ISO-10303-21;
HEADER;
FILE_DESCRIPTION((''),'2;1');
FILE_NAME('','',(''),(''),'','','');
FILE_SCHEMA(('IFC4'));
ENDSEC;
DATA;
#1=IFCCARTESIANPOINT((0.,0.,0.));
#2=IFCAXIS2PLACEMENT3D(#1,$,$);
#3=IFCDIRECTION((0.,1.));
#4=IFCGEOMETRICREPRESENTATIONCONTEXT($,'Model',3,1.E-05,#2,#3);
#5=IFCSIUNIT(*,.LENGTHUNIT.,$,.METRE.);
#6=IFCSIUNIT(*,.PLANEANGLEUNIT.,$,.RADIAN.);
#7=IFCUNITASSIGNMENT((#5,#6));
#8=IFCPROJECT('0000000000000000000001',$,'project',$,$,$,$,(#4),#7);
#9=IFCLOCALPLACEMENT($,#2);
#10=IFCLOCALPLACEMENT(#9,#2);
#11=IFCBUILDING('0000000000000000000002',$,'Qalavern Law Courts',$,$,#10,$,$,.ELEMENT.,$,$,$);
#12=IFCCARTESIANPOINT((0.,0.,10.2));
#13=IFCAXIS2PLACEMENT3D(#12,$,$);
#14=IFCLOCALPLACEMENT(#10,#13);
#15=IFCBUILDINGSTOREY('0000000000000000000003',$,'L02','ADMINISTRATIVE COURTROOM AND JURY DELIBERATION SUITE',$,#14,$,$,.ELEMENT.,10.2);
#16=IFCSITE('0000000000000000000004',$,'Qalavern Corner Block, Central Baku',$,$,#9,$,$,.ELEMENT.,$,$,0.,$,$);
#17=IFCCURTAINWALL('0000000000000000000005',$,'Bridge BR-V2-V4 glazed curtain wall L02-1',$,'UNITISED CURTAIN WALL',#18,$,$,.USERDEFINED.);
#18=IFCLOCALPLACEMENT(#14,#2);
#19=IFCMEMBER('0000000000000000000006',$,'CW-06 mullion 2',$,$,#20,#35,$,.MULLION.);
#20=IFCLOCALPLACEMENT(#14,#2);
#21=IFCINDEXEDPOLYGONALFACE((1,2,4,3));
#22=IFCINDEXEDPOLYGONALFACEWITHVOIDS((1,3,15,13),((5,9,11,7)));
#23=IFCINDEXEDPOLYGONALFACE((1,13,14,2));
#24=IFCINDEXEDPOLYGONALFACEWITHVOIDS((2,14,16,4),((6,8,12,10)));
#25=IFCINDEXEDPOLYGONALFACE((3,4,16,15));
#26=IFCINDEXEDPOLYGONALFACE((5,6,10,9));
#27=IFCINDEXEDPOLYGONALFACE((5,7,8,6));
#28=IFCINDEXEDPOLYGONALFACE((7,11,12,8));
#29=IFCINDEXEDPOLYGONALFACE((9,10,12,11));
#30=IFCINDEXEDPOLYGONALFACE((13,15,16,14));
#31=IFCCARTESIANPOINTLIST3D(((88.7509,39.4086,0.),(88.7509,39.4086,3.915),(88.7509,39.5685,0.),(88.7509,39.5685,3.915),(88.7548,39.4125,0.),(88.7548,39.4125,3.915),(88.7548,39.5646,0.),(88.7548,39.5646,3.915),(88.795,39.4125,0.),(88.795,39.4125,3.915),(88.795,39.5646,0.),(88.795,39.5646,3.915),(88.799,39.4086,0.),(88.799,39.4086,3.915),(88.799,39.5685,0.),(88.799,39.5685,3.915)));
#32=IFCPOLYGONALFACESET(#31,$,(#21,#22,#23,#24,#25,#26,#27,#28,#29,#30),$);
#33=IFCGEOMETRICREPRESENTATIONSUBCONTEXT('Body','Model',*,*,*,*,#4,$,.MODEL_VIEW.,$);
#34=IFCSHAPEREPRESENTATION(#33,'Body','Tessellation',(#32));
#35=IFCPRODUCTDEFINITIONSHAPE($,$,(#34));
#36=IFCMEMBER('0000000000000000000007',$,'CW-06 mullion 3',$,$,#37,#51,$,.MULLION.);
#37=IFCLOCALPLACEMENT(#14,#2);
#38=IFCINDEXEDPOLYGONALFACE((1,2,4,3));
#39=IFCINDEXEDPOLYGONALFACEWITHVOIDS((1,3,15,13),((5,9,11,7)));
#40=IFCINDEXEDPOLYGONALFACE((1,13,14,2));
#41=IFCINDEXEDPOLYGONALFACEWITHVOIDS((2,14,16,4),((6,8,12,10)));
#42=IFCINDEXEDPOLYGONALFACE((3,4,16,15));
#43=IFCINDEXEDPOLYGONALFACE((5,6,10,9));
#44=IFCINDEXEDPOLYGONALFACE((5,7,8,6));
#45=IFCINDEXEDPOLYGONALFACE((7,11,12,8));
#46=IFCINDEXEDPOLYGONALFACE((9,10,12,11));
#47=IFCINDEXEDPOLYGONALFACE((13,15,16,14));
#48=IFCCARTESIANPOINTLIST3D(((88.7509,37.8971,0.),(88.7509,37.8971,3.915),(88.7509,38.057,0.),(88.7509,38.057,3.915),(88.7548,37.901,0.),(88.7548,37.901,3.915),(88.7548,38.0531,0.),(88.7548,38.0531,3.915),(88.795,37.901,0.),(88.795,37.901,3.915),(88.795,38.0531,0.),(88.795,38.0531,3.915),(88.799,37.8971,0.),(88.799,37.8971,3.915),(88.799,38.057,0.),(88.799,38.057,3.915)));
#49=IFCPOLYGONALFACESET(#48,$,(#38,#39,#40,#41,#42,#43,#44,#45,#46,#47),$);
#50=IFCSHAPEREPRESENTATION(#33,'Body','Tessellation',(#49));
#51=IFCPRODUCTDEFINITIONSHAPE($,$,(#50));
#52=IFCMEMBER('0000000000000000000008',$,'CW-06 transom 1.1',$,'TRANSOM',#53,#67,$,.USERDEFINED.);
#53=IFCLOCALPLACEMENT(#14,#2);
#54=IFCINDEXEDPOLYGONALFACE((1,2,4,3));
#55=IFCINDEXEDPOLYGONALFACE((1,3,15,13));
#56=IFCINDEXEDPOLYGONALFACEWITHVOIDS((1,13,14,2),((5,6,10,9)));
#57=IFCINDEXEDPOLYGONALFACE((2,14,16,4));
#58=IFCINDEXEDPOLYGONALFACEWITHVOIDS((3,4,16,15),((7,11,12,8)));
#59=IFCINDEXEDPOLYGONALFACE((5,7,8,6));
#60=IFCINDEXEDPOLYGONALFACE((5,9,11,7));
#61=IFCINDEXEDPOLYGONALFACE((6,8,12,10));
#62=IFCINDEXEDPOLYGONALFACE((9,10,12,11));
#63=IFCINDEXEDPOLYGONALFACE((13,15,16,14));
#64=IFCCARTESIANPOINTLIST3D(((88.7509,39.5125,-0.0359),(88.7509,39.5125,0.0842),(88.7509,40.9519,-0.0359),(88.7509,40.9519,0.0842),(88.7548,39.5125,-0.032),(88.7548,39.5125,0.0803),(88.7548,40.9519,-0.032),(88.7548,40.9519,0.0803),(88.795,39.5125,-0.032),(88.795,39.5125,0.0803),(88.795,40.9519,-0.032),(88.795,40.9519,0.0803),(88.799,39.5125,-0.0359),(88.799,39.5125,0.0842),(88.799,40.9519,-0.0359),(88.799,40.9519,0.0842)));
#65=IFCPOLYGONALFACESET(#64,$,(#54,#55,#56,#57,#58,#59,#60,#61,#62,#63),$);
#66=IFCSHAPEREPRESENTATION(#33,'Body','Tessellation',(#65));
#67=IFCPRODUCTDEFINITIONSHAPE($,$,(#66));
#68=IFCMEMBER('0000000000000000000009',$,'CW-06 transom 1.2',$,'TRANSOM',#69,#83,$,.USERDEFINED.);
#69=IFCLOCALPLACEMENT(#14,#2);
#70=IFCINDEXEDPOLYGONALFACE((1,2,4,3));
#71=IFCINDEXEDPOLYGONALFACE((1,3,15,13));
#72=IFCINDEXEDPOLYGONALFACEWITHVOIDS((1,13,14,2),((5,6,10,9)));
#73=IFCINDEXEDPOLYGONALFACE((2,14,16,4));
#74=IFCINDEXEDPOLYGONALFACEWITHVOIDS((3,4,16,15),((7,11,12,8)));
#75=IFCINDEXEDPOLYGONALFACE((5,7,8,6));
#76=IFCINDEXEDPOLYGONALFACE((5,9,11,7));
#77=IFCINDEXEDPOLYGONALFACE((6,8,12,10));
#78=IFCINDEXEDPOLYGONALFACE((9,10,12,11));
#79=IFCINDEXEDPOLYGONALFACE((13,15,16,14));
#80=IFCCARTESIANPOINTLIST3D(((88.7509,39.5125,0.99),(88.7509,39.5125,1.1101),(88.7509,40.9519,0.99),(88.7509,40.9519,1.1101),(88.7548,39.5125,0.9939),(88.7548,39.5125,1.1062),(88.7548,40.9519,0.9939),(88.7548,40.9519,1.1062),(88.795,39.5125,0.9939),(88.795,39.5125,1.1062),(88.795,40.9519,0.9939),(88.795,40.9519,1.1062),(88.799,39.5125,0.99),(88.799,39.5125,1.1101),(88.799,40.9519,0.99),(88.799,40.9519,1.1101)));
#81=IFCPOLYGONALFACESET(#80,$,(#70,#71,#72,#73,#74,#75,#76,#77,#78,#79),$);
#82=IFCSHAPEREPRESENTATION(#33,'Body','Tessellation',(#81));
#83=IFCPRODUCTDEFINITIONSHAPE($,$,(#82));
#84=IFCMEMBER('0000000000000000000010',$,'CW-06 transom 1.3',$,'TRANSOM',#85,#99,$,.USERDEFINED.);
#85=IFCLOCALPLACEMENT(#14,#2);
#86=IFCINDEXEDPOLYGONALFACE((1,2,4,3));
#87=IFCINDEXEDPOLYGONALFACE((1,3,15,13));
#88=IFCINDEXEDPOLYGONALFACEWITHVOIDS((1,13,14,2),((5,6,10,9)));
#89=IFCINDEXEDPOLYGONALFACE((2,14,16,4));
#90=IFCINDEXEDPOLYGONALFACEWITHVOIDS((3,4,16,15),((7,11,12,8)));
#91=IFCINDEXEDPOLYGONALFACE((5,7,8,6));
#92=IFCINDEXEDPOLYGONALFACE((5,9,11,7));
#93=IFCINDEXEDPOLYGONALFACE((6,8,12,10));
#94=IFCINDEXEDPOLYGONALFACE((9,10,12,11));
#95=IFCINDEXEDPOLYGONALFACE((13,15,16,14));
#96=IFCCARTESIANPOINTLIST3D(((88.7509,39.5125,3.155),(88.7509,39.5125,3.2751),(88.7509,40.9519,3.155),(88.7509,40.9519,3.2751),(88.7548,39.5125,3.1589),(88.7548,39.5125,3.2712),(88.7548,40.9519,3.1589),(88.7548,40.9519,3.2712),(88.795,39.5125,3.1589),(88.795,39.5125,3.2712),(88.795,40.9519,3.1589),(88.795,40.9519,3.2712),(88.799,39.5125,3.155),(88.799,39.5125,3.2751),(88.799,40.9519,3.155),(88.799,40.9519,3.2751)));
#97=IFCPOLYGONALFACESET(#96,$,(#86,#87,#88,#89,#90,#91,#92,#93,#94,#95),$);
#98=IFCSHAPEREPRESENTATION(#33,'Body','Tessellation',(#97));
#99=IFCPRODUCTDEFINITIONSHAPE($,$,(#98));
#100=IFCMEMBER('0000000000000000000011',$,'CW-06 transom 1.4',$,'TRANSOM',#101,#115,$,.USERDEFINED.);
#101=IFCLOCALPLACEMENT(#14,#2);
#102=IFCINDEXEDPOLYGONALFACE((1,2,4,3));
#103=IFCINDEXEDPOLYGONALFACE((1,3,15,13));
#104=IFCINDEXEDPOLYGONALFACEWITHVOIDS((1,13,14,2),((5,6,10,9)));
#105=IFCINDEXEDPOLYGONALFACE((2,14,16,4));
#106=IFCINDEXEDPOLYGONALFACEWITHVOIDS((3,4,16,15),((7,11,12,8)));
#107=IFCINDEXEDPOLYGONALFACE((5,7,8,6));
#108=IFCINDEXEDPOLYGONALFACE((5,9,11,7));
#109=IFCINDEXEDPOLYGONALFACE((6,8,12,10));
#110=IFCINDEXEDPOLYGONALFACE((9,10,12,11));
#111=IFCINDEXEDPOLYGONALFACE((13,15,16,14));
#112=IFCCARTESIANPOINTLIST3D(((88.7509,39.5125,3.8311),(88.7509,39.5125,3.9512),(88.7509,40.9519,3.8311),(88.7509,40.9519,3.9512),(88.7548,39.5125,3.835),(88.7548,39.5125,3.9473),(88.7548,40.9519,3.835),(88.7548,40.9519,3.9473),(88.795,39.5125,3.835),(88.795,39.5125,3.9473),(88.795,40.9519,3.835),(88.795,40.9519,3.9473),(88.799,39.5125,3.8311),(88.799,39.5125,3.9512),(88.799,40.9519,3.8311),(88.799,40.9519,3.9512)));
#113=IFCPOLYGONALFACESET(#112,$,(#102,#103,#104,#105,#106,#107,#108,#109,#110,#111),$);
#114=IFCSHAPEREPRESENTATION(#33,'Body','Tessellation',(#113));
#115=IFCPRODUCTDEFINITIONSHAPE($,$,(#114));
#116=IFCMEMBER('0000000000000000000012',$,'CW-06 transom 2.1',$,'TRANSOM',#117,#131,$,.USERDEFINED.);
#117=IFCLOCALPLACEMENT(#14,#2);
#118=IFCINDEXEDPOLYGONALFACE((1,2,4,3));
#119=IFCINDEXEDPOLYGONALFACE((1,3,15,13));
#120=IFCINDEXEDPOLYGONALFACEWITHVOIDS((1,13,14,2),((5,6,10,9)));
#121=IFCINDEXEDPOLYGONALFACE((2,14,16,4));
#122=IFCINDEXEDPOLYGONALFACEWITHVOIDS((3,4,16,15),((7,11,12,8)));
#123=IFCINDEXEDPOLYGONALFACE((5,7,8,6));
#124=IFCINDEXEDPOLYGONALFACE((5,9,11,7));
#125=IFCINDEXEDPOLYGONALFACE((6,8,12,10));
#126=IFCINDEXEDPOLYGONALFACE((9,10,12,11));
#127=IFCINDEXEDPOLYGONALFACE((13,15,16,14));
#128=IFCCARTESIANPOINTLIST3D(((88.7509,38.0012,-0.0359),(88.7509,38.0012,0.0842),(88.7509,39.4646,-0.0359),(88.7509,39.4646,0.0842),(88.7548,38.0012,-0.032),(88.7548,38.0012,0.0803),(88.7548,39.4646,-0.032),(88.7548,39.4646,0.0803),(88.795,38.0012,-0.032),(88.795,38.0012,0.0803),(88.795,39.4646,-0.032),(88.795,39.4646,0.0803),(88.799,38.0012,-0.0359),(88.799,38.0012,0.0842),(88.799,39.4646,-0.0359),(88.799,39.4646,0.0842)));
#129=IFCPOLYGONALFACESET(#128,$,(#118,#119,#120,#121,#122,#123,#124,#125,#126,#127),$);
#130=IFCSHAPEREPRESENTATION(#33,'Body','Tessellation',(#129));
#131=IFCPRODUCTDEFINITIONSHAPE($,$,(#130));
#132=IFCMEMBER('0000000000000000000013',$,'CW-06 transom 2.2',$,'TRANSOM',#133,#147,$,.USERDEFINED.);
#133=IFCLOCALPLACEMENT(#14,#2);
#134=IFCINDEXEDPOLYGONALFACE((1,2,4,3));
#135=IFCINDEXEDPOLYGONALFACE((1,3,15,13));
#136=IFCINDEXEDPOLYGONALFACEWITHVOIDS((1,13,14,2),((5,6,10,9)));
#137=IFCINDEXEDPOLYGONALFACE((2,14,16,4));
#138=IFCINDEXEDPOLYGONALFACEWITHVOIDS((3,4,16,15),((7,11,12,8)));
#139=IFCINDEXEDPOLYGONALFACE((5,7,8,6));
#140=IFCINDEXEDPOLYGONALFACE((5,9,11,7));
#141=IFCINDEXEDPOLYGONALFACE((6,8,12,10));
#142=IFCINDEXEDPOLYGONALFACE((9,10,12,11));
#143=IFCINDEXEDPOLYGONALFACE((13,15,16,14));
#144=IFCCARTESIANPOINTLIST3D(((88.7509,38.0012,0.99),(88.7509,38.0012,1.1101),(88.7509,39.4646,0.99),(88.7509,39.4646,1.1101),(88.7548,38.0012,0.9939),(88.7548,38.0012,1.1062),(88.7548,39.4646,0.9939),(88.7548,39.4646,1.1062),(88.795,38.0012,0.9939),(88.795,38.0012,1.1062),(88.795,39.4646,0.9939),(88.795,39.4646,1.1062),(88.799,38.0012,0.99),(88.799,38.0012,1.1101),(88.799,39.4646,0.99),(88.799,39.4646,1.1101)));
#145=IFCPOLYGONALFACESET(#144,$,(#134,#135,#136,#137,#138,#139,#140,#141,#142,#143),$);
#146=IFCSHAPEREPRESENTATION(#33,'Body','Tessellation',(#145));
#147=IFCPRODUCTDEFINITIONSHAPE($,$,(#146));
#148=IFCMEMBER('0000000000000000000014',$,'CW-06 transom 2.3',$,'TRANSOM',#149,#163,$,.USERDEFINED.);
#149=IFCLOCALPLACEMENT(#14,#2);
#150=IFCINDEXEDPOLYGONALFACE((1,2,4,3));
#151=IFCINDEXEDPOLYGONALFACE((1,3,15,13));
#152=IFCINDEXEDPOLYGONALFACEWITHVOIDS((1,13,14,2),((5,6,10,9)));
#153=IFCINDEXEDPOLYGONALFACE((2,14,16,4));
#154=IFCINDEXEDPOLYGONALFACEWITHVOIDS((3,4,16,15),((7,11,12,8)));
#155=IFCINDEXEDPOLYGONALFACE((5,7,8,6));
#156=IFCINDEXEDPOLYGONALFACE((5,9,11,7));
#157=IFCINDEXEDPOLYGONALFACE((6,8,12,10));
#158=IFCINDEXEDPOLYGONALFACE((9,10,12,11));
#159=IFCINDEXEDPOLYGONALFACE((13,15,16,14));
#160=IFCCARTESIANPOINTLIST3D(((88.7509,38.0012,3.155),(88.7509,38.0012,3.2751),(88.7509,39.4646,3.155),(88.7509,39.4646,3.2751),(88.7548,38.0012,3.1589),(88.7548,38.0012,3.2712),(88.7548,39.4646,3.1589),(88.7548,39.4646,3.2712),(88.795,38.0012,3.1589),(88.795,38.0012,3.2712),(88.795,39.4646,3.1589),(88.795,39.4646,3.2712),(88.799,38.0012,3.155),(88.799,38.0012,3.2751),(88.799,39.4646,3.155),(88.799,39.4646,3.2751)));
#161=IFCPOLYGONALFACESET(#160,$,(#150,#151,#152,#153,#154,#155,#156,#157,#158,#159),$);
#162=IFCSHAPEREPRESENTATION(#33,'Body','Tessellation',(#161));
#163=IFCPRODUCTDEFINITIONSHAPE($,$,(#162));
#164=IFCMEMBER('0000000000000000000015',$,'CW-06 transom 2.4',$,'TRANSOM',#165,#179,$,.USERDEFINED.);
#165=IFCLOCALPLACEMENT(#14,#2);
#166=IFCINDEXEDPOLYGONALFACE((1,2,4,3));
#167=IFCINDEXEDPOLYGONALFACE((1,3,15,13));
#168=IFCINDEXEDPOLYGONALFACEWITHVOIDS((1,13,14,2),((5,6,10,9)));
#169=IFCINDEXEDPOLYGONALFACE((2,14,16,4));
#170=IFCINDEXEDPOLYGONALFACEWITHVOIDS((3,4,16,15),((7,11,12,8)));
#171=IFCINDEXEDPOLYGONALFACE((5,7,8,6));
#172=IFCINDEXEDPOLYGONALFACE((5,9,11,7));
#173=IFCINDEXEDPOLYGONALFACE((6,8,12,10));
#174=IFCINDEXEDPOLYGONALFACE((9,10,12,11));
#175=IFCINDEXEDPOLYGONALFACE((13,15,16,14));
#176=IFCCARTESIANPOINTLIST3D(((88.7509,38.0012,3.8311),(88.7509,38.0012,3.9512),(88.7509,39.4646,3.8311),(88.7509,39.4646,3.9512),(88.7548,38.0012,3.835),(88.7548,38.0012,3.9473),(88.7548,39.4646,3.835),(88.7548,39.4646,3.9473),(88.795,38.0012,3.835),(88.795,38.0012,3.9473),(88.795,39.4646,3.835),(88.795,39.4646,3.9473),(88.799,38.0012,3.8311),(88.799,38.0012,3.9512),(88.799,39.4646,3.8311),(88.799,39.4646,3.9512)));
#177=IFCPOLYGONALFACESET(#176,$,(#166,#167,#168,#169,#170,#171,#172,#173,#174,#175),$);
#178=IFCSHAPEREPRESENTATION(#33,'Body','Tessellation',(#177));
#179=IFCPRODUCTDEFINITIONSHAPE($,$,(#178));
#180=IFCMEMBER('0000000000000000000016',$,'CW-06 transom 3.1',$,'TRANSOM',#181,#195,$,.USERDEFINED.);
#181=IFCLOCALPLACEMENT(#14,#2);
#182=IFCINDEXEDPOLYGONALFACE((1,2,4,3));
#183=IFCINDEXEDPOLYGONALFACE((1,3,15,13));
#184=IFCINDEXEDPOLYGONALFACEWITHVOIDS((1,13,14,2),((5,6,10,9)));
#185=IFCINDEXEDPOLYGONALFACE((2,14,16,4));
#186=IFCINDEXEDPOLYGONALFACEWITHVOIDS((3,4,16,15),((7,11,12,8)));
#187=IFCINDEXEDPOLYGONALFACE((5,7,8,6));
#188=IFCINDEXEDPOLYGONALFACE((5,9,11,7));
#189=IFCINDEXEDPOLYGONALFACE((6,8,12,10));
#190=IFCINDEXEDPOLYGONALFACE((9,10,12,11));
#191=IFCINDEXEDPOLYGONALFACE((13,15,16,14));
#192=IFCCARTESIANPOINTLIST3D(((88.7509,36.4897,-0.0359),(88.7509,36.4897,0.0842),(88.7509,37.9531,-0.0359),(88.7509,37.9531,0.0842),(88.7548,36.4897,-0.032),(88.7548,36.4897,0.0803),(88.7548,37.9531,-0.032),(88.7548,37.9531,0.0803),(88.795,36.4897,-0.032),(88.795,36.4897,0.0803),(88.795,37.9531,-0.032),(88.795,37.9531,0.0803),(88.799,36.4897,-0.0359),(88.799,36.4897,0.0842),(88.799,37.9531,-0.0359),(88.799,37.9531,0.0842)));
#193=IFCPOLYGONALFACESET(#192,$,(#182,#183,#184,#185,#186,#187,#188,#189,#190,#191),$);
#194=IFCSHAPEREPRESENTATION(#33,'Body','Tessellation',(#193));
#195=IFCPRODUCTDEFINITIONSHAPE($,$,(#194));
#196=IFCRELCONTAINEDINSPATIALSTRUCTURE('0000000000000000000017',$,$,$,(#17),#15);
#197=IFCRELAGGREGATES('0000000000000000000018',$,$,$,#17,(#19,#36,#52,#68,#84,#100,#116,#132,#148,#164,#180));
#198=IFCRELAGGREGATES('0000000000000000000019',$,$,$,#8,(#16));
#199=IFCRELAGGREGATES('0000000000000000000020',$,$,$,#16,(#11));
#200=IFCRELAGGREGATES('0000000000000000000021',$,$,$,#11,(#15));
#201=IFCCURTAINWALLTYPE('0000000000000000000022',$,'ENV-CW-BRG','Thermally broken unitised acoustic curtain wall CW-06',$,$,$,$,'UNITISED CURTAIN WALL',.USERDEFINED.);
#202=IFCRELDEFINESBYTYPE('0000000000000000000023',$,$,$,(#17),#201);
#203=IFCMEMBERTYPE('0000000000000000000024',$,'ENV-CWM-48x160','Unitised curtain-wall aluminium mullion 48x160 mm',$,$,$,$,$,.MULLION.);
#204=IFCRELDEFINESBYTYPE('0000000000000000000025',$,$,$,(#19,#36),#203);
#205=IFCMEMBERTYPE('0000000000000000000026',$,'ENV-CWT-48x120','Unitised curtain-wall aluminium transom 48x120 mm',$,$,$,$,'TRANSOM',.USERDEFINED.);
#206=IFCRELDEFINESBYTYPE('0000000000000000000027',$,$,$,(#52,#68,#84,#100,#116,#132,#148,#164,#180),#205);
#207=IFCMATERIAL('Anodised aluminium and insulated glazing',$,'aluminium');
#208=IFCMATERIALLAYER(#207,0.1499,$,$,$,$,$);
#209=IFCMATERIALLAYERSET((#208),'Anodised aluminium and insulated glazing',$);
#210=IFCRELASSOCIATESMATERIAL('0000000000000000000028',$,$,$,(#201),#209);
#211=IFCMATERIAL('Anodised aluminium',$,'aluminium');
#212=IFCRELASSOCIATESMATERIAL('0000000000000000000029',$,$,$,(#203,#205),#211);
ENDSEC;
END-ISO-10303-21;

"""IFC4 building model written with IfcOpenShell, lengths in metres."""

from ifc_helpers import new_model, si_unit, direction, frame, origin, origin_2d, place, context, subcontext, project, spatial, hollow_rectangle, extrude, material, layer, layer_set, material_profile, profile_set, type_object, element, aggregate, save


model = new_model("IFC4")

# Units and contexts
model_context = context("Model", 3, precision=1e-05, world=origin(), true_north=direction((0.0, 1.0)))
body_context = subcontext(model_context, "Body", "Model", "MODEL_VIEW")
ifc_project = project(units=[si_unit("LENGTHUNIT", "METRE"), si_unit("PLANEANGLEUNIT", "RADIAN")], contexts=[model_context])

# Site, building, storey
site_placement = place(None, origin())
site = spatial("IfcSite", under=ifc_project, at=site_placement, Name="Qalavern Corner Block, Central Baku", CompositionType="ELEMENT", RefElevation=0.0)
building_placement = place(site_placement, origin())
building = spatial("IfcBuilding", under=site, at=building_placement, Name="Qalavern Law Courts", CompositionType="ELEMENT")
storey_placement = place(building_placement, frame((0.0, 0.0, 10.2)))
storey = spatial("IfcBuildingStorey", under=building, at=storey_placement, Name="L02", Description="ADMINISTRATIVE COURTROOM AND JURY DELIBERATION SUITE", CompositionType="ELEMENT", Elevation=10.2)

# Curtain wall, members
ifc_material_1 = material(Name="Anodised aluminium and insulated glazing", Category="aluminium")
ifc_layer_1 = layer(ifc_material_1, 0.1499)
ifc_layer_set_1 = layer_set([ifc_layer_1], Name="Anodised aluminium and insulated glazing")
curtain_wall_type = type_object("IfcCurtainWallType", Name="ENV-CW-BRG", Description="Thermally broken unitised acoustic curtain wall CW-06", ElementType="UNITISED CURTAIN WALL", PredefinedType="USERDEFINED", material=ifc_layer_set_1)
curtain_wall_placement = place(storey_placement, origin())
curtain_wall = element("IfcCurtainWall", 1, at=curtain_wall_placement, inside=storey, type_object=curtain_wall_type, Name="Bridge BR-V2-V4 glazed curtain wall L02-1", ObjectType="UNITISED CURTAIN WALL", PredefinedType="USERDEFINED")
ifc_material_2 = material(Name="Anodised aluminium", Category="aluminium")
ifc_material_profile_1 = material_profile(ifc_material_2, hollow_rectangle(XDim=0.0481, YDim=0.1599, WallThickness=0.0039, at=origin_2d()), Name="ALU MULLION 48x160")
ifc_profile_set_1 = profile_set([ifc_material_profile_1], Name="Anodised aluminium")
member_type_1 = type_object("IfcMemberType", Name="ENV-CWM-48x160", Description="Unitised curtain-wall aluminium mullion 48x160 mm", PredefinedType="MULLION", material=ifc_profile_set_1)
member_1_placement = place(storey_placement, frame((88.7749, 39.4885, 0.0), z_axis=(0.0, 0.0, 1.0), x_axis=(1.0, 0.0, 0.0)))
member_1 = element("IfcMember", 2, at=member_1_placement, type_object=member_type_1, Name="CW-06 mullion 2", PredefinedType="MULLION", context=body_context, shape_type="SweptSolid", body=[
    extrude(hollow_rectangle(XDim=0.0481, YDim=0.1599, WallThickness=0.0039, at=origin_2d()), origin(), (0.0, 0.0, 1.0), 3.915),
])
member_2_placement = place(storey_placement, frame((88.7749, 37.9771, 0.0), z_axis=(0.0, 0.0, 1.0), x_axis=(1.0, 0.0, 0.0)))
member_2 = element("IfcMember", 3, at=member_2_placement, type_object=member_type_1, Name="CW-06 mullion 3", PredefinedType="MULLION", context=body_context, shape_type="SweptSolid", body=[
    extrude(hollow_rectangle(XDim=0.0481, YDim=0.1599, WallThickness=0.0039, at=origin_2d()), origin(), (0.0, 0.0, 1.0), 3.915),
])
ifc_material_profile_2 = material_profile(ifc_material_2, hollow_rectangle(XDim=0.0481, YDim=0.1201, WallThickness=0.0039, at=origin_2d()), Name="ALU TRANSOM 48x120")
ifc_profile_set_2 = profile_set([ifc_material_profile_2], Name="Anodised aluminium")
member_type_2 = type_object("IfcMemberType", Name="ENV-CWT-48x120", Description="Unitised curtain-wall aluminium transom 48x120 mm", ElementType="TRANSOM", PredefinedType="USERDEFINED", material=ifc_profile_set_2)
member_3_placement = place(storey_placement, frame((88.7749, 40.9519, 0.0242), z_axis=(0.0, -1.0, 0.0), x_axis=(1.0, 0.0, 0.0)))
member_3 = element("IfcMember", 4, at=member_3_placement, type_object=member_type_2, Name="CW-06 transom 1.1", ObjectType="TRANSOM", PredefinedType="USERDEFINED", context=body_context, shape_type="SweptSolid", body=[
    extrude(hollow_rectangle(XDim=0.0481, YDim=0.1201, WallThickness=0.0039, at=origin_2d()), origin(), (0.0, 0.0, 1.0), 1.4395),
])
member_4_placement = place(storey_placement, frame((88.7749, 40.9519, 1.05), z_axis=(0.0, -1.0, 0.0), x_axis=(1.0, 0.0, 0.0)))
member_4 = element("IfcMember", 5, at=member_4_placement, type_object=member_type_2, Name="CW-06 transom 1.2", ObjectType="TRANSOM", PredefinedType="USERDEFINED", context=body_context, shape_type="SweptSolid", body=[
    extrude(hollow_rectangle(XDim=0.0481, YDim=0.1201, WallThickness=0.0039, at=origin_2d()), origin(), (0.0, 0.0, 1.0), 1.4395),
])
member_5_placement = place(storey_placement, frame((88.7749, 40.9519, 3.2151), z_axis=(0.0, -1.0, 0.0), x_axis=(1.0, 0.0, 0.0)))
member_5 = element("IfcMember", 6, at=member_5_placement, type_object=member_type_2, Name="CW-06 transom 1.3", ObjectType="TRANSOM", PredefinedType="USERDEFINED", context=body_context, shape_type="SweptSolid", body=[
    extrude(hollow_rectangle(XDim=0.0481, YDim=0.1201, WallThickness=0.0039, at=origin_2d()), origin(), (0.0, 0.0, 1.0), 1.4395),
])
member_6_placement = place(storey_placement, frame((88.7749, 40.9519, 3.8911), z_axis=(0.0, -1.0, 0.0), x_axis=(1.0, 0.0, 0.0)))
member_6 = element("IfcMember", 7, at=member_6_placement, type_object=member_type_2, Name="CW-06 transom 1.4", ObjectType="TRANSOM", PredefinedType="USERDEFINED", context=body_context, shape_type="SweptSolid", body=[
    extrude(hollow_rectangle(XDim=0.0481, YDim=0.1201, WallThickness=0.0039, at=origin_2d()), origin(), (0.0, 0.0, 1.0), 1.4395),
])
member_7_placement = place(storey_placement, frame((88.7749, 39.4646, 0.0242), z_axis=(0.0, -1.0, 0.0), x_axis=(1.0, 0.0, 0.0)))
member_7 = element("IfcMember", 8, at=member_7_placement, type_object=member_type_2, Name="CW-06 transom 2.1", ObjectType="TRANSOM", PredefinedType="USERDEFINED", context=body_context, shape_type="SweptSolid", body=[
    extrude(hollow_rectangle(XDim=0.0481, YDim=0.1201, WallThickness=0.0039, at=origin_2d()), origin(), (0.0, 0.0, 1.0), 1.4634),
])
member_8_placement = place(storey_placement, frame((88.7749, 39.4646, 1.05), z_axis=(0.0, -1.0, 0.0), x_axis=(1.0, 0.0, 0.0)))
member_8 = element("IfcMember", 9, at=member_8_placement, type_object=member_type_2, Name="CW-06 transom 2.2", ObjectType="TRANSOM", PredefinedType="USERDEFINED", context=body_context, shape_type="SweptSolid", body=[
    extrude(hollow_rectangle(XDim=0.0481, YDim=0.1201, WallThickness=0.0039, at=origin_2d()), origin(), (0.0, 0.0, 1.0), 1.4634),
])
member_9_placement = place(storey_placement, frame((88.7749, 39.4646, 3.2151), z_axis=(0.0, -1.0, 0.0), x_axis=(1.0, 0.0, 0.0)))
member_9 = element("IfcMember", 10, at=member_9_placement, type_object=member_type_2, Name="CW-06 transom 2.3", ObjectType="TRANSOM", PredefinedType="USERDEFINED", context=body_context, shape_type="SweptSolid", body=[
    extrude(hollow_rectangle(XDim=0.0481, YDim=0.1201, WallThickness=0.0039, at=origin_2d()), origin(), (0.0, 0.0, 1.0), 1.4634),
])
member_10_placement = place(storey_placement, frame((88.7749, 39.4646, 3.8911), z_axis=(0.0, -1.0, 0.0), x_axis=(1.0, 0.0, 0.0)))
member_10 = element("IfcMember", 11, at=member_10_placement, type_object=member_type_2, Name="CW-06 transom 2.4", ObjectType="TRANSOM", PredefinedType="USERDEFINED", context=body_context, shape_type="SweptSolid", body=[
    extrude(hollow_rectangle(XDim=0.0481, YDim=0.1201, WallThickness=0.0039, at=origin_2d()), origin(), (0.0, 0.0, 1.0), 1.4634),
])
member_11_placement = place(storey_placement, frame((88.7749, 37.9531, 0.0242), z_axis=(0.0, -1.0, 0.0), x_axis=(1.0, 0.0, 0.0)))
member_11 = element("IfcMember", 12, at=member_11_placement, type_object=member_type_2, Name="CW-06 transom 3.1", ObjectType="TRANSOM", PredefinedType="USERDEFINED", context=body_context, shape_type="SweptSolid", body=[
    extrude(hollow_rectangle(XDim=0.0481, YDim=0.1201, WallThickness=0.0039, at=origin_2d()), origin(), (0.0, 0.0, 1.0), 1.4634),
])

aggregate(curtain_wall, [member_1, member_2, member_3, member_4, member_5, member_6, member_7, member_8, member_9, member_10, member_11])

save(model, "model.ifc")
